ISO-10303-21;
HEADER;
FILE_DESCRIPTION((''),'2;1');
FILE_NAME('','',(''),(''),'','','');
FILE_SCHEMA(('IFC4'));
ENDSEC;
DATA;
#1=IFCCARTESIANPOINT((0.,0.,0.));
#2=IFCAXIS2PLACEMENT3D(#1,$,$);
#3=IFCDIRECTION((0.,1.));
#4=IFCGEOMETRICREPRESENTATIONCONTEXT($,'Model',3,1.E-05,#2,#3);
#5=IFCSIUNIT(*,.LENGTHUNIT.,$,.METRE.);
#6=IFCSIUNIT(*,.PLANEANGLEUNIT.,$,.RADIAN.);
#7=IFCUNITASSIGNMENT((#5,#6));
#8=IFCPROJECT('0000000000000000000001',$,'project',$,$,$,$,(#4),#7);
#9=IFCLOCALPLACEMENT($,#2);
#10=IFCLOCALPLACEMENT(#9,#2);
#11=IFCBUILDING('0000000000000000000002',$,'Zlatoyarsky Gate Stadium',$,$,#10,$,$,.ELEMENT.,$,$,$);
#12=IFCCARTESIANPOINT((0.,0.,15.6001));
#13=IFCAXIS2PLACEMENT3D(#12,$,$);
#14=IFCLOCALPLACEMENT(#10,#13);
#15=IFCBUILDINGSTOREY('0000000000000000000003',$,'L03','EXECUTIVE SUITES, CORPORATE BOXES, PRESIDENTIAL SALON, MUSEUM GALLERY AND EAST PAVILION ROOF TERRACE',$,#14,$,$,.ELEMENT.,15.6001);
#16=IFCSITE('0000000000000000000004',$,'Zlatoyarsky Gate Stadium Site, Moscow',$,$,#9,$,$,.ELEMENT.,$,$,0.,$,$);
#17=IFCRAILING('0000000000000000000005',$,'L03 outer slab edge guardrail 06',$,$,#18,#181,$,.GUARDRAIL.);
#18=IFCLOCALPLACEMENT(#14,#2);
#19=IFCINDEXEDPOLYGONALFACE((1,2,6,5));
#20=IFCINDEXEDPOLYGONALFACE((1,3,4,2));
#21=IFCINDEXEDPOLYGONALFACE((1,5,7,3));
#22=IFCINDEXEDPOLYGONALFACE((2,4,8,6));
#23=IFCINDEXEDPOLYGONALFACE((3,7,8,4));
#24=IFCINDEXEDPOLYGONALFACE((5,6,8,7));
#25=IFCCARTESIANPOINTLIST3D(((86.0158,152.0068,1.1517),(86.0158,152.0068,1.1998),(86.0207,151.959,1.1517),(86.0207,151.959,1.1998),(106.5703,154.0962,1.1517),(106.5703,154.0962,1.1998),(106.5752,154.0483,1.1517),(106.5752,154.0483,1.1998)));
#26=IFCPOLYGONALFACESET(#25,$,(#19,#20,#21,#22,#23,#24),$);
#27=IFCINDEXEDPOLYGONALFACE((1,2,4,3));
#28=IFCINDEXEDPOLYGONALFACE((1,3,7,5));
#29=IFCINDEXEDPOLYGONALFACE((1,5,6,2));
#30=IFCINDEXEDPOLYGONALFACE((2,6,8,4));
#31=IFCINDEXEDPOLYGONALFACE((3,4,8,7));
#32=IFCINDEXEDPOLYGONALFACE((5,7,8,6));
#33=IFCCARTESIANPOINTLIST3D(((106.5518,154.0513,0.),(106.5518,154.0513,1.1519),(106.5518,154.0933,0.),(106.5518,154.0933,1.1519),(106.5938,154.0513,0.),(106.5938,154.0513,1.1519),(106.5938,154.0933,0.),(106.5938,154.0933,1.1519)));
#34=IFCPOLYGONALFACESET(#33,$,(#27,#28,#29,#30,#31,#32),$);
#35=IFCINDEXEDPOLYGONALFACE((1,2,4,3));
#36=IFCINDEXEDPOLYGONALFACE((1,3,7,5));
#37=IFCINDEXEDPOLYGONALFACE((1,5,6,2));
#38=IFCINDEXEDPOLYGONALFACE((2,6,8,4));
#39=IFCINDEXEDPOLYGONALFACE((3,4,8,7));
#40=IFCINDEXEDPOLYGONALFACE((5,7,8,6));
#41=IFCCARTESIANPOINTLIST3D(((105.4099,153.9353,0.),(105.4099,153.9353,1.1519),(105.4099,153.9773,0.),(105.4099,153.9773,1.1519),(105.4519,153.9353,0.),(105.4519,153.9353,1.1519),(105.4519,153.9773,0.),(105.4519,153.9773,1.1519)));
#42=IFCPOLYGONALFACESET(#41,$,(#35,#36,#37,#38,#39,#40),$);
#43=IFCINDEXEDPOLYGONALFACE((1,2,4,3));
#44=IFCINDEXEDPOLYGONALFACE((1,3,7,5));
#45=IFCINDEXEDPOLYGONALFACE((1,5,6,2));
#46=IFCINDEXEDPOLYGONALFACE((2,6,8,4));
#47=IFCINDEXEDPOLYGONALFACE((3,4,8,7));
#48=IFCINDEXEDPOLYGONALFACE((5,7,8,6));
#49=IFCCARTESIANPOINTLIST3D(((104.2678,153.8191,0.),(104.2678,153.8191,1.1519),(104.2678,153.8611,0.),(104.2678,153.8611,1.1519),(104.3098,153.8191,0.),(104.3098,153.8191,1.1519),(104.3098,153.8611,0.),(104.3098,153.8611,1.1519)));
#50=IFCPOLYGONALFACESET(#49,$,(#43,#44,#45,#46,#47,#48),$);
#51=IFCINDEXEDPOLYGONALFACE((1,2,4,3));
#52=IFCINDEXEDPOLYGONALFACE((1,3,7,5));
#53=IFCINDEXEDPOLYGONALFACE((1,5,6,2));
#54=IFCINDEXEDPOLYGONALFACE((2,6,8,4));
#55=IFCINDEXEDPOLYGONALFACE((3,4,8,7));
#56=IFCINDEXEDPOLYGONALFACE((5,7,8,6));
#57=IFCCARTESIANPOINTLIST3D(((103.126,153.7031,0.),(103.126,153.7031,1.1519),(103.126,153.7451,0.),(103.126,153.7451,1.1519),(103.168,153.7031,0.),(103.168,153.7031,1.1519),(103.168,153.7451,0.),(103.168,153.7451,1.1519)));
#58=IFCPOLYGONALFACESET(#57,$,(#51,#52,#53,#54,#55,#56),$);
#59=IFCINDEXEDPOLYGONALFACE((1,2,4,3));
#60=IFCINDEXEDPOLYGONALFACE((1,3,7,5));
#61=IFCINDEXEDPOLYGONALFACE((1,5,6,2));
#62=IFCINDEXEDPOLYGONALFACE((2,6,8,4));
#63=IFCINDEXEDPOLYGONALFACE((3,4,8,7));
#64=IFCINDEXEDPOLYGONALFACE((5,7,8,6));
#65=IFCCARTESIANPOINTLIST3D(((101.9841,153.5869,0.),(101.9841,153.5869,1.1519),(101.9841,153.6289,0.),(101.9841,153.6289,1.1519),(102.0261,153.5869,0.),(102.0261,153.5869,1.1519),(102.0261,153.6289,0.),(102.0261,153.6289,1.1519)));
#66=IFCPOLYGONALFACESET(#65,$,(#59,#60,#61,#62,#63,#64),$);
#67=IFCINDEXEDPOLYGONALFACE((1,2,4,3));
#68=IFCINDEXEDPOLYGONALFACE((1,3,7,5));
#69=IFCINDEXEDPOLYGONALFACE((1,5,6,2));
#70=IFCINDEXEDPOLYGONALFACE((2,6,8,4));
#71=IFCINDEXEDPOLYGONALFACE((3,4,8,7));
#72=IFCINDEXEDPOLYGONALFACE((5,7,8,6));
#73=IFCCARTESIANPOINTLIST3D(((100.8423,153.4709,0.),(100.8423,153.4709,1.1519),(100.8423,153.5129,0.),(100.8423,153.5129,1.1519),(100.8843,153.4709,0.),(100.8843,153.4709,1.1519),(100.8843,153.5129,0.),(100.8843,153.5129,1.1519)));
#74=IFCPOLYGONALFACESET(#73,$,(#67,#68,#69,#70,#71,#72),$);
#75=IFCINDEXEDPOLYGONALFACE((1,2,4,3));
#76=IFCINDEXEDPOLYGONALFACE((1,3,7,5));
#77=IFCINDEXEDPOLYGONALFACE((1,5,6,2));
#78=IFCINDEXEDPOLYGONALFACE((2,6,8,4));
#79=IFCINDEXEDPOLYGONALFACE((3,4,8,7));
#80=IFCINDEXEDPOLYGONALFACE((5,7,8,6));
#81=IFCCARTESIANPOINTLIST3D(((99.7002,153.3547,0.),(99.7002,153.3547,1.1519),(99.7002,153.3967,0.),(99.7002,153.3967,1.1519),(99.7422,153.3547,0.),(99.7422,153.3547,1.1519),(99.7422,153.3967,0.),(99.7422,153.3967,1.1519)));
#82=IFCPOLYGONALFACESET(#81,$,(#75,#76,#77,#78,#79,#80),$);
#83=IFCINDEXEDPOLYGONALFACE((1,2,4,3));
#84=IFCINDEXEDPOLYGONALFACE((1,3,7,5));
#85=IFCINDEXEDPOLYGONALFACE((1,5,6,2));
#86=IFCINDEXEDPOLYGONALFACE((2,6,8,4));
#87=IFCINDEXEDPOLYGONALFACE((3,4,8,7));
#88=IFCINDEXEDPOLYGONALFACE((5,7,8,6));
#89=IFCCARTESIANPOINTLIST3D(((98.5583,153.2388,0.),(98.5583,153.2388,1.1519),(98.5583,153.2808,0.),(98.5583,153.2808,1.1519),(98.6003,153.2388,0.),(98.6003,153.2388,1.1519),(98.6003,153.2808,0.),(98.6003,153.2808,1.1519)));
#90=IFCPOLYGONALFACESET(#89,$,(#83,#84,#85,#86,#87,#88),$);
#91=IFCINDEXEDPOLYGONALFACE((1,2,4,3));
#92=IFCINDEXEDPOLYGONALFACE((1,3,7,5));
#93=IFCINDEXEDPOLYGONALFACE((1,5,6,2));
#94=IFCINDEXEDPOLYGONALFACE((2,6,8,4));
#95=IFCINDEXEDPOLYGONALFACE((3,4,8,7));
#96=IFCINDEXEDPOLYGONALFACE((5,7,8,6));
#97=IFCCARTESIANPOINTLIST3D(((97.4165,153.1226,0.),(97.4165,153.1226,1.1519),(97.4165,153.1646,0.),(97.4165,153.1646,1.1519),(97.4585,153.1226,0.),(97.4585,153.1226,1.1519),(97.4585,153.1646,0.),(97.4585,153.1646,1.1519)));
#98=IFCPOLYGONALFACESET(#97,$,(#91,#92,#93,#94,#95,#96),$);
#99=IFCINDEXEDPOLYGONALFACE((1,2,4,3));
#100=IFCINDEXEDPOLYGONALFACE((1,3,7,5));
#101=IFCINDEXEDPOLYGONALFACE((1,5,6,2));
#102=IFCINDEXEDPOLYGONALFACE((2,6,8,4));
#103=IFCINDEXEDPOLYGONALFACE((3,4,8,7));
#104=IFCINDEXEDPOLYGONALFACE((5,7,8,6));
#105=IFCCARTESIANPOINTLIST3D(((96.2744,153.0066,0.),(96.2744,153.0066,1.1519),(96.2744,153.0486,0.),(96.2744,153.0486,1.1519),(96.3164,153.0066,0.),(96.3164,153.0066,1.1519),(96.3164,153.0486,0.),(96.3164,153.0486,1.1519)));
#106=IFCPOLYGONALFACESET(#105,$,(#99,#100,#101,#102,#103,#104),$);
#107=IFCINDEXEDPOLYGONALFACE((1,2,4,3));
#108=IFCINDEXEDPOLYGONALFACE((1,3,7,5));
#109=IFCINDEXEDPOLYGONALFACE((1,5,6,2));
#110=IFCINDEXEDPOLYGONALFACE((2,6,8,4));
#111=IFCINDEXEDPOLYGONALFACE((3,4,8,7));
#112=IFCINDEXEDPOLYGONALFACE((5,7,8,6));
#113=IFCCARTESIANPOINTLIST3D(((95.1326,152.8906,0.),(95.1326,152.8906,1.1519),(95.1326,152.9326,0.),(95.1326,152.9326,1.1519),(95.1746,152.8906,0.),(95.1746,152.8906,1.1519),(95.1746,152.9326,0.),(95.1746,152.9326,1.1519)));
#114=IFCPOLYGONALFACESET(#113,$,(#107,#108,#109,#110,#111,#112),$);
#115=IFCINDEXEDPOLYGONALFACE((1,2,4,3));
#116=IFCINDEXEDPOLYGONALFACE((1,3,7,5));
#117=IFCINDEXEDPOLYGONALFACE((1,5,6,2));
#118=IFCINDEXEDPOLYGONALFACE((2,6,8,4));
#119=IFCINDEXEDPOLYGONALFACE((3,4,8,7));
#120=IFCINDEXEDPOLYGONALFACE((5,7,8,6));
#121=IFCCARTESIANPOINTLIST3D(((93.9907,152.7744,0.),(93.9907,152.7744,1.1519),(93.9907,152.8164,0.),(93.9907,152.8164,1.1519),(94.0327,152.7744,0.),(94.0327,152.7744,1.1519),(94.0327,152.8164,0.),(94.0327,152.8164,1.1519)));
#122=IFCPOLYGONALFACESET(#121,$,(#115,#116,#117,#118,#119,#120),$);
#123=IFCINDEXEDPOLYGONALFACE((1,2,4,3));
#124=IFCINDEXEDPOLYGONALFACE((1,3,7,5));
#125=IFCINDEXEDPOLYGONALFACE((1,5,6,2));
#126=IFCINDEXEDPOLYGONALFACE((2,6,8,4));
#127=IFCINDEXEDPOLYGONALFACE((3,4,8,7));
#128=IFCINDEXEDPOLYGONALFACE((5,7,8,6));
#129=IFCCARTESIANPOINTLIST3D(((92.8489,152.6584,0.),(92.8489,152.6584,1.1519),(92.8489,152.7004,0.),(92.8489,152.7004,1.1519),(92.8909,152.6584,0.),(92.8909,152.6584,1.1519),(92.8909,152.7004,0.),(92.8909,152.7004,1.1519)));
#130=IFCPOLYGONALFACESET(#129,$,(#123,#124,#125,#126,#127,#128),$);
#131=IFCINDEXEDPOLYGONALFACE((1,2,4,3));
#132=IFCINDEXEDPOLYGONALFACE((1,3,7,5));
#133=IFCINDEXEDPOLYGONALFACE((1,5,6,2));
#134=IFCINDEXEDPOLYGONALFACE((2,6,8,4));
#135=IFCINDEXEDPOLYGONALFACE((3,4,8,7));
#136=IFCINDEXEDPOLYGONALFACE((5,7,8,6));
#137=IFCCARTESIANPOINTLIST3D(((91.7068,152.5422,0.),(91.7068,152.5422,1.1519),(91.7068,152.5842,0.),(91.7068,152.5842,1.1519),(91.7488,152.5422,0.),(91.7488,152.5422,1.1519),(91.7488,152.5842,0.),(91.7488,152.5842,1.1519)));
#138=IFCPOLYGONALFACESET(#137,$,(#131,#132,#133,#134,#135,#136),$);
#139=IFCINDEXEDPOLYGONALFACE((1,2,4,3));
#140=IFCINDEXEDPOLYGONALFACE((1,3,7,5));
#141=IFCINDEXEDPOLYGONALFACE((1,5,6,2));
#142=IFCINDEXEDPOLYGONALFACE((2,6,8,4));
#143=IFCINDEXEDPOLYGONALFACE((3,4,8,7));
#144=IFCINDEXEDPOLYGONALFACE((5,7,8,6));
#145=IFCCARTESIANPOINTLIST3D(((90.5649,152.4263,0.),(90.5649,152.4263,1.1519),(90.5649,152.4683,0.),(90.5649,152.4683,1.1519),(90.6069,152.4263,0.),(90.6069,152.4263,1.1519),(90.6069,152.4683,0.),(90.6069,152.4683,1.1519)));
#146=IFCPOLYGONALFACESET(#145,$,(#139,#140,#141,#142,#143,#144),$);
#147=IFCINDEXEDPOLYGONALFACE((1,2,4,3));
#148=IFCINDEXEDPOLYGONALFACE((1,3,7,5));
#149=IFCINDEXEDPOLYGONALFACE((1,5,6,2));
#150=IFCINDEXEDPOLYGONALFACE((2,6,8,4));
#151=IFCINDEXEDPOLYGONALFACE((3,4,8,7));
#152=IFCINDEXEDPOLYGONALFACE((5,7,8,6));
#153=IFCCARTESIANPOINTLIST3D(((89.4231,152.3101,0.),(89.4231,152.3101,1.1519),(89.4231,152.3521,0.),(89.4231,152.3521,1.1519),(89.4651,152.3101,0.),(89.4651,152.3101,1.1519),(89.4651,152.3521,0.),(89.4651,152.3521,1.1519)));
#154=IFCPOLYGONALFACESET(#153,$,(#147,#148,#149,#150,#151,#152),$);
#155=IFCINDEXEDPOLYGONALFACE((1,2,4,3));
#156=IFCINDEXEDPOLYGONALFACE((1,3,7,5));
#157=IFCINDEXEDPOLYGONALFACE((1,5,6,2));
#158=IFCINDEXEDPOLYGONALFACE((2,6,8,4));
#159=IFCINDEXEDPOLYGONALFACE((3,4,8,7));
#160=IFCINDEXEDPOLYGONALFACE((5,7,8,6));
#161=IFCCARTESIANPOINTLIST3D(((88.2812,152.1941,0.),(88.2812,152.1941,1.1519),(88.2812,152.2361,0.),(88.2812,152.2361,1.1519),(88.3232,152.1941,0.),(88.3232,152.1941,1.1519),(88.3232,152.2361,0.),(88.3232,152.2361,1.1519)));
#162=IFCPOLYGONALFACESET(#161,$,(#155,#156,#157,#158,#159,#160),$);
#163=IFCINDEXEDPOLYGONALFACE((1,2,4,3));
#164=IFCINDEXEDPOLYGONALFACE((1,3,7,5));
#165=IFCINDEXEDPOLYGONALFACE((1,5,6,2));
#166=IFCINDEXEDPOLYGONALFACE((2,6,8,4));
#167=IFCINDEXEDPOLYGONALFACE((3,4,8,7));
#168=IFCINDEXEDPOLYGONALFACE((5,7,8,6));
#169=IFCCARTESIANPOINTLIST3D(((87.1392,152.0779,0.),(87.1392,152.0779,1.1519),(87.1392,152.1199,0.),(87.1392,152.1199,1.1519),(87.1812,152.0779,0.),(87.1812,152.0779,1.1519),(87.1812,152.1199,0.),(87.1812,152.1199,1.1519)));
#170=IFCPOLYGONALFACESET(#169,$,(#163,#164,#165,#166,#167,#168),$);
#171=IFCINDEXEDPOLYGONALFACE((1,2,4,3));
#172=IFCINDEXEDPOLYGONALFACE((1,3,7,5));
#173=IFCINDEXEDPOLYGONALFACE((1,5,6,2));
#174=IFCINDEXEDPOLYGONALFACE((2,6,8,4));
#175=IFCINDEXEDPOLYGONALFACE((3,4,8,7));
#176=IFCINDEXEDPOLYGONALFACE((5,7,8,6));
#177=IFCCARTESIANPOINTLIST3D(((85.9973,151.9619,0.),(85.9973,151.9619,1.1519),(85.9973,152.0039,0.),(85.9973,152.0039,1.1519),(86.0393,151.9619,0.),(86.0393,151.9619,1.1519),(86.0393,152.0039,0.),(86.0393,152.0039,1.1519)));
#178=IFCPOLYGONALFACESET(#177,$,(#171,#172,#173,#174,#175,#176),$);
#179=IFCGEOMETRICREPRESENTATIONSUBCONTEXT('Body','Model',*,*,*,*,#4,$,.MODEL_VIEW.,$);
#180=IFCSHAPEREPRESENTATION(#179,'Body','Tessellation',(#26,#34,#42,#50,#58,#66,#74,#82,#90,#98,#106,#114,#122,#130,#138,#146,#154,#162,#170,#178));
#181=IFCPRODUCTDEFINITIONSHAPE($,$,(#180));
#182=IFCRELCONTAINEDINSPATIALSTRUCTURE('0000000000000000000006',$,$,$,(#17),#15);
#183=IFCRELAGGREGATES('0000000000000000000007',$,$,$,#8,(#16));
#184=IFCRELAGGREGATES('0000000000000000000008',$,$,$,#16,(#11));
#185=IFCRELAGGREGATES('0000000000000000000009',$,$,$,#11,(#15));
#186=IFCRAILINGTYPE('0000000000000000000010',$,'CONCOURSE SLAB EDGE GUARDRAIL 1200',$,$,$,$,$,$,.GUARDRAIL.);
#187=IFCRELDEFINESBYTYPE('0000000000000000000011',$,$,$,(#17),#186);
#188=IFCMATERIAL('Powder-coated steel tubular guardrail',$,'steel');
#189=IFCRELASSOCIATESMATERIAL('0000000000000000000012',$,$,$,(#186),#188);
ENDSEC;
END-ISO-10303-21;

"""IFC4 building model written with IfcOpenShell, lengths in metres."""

from ifc_helpers import new_model, si_unit, direction, frame, origin, origin_2d, place, context, subcontext, project, spatial, rectangle, extrude, material, type_object, element, save


model = new_model("IFC4")

# Units and contexts
model_context = context("Model", 3, precision=1e-05, world=origin(), true_north=direction((0.0, 1.0)))
body_context = subcontext(model_context, "Body", "Model", "MODEL_VIEW")
ifc_project = project(units=[si_unit("LENGTHUNIT", "METRE"), si_unit("PLANEANGLEUNIT", "RADIAN")], contexts=[model_context])

# Site, building, storey
site_placement = place(None, origin())
site = spatial("IfcSite", under=ifc_project, at=site_placement, Name="Zlatoyarsky Gate Stadium Site, Moscow", CompositionType="ELEMENT", RefElevation=0.0)
building_placement = place(site_placement, origin())
building = spatial("IfcBuilding", under=site, at=building_placement, Name="Zlatoyarsky Gate Stadium", CompositionType="ELEMENT")
storey_placement = place(building_placement, frame((0.0, 0.0, 15.6001)))
storey = spatial("IfcBuildingStorey", under=building, at=storey_placement, Name="L03", Description="EXECUTIVE SUITES, CORPORATE BOXES, PRESIDENTIAL SALON, MUSEUM GALLERY AND EAST PAVILION ROOF TERRACE", CompositionType="ELEMENT", Elevation=15.6001)

# Railing
ifc_material_1 = material(Name="Powder-coated steel tubular guardrail", Category="steel")
railing_type = type_object("IfcRailingType", Name="CONCOURSE SLAB EDGE GUARDRAIL 1200", PredefinedType="GUARDRAIL", material=ifc_material_1)
railing_placement = place(storey_placement, frame((106.5728, 154.0723, 0.0)))
element("IfcRailing", 1, at=railing_placement, inside=storey, type_object=railing_type, Name="L03 outer slab edge guardrail 06", PredefinedType="GUARDRAIL", context=body_context, shape_type="SweptSolid", body=[
    extrude(rectangle(XDim=0.0481, YDim=0.0481, at=origin_2d()), frame((0.0, 0.0, 1.1758), z_axis=(-0.994873, -0.101129, 0.0), x_axis=(0.101129, -0.994873, 0.0)), (0.0, 0.0, 1.0), 20.6604),
    extrude(rectangle(XDim=0.042, YDim=0.042, at=origin_2d()), origin(), (0.0, 0.0, 1.0), 1.1519),
    extrude(rectangle(XDim=0.042, YDim=0.042, at=origin_2d()), frame((-1.1418, -0.116, 0.0)), (0.0, 0.0, 1.0), 1.1519),
    extrude(rectangle(XDim=0.042, YDim=0.042, at=origin_2d()), frame((-2.2839, -0.2322, 0.0)), (0.0, 0.0, 1.0), 1.1519),
    extrude(rectangle(XDim=0.042, YDim=0.042, at=origin_2d()), frame((-3.4258, -0.3481, 0.0)), (0.0, 0.0, 1.0), 1.1519),
    extrude(rectangle(XDim=0.042, YDim=0.042, at=origin_2d()), frame((-4.5676, -0.4644, 0.0)), (0.0, 0.0, 1.0), 1.1519),
    extrude(rectangle(XDim=0.042, YDim=0.042, at=origin_2d()), frame((-5.7095, -0.5803, 0.0)), (0.0, 0.0, 1.0), 1.1519),
    extrude(rectangle(XDim=0.042, YDim=0.042, at=origin_2d()), frame((-6.8516, -0.6965, 0.0)), (0.0, 0.0, 1.0), 1.1519),
    extrude(rectangle(XDim=0.042, YDim=0.042, at=origin_2d()), frame((-7.9934, -0.8125, 0.0)), (0.0, 0.0, 1.0), 1.1519),
    extrude(rectangle(XDim=0.042, YDim=0.042, at=origin_2d()), frame((-9.1353, -0.9287, 0.0)), (0.0, 0.0, 1.0), 1.1519),
    extrude(rectangle(XDim=0.042, YDim=0.042, at=origin_2d()), frame((-10.2773, -1.0447, 0.0)), (0.0, 0.0, 1.0), 1.1519),
    extrude(rectangle(XDim=0.042, YDim=0.042, at=origin_2d()), frame((-11.4192, -1.1606, 0.0)), (0.0, 0.0, 1.0), 1.1519),
    extrude(rectangle(XDim=0.042, YDim=0.042, at=origin_2d()), frame((-12.561, -1.2769, 0.0)), (0.0, 0.0, 1.0), 1.1519),
    extrude(rectangle(XDim=0.042, YDim=0.042, at=origin_2d()), frame((-13.7029, -1.3928, 0.0)), (0.0, 0.0, 1.0), 1.1519),
    extrude(rectangle(XDim=0.042, YDim=0.042, at=origin_2d()), frame((-14.845, -1.509, 0.0)), (0.0, 0.0, 1.0), 1.1519),
    extrude(rectangle(XDim=0.042, YDim=0.042, at=origin_2d()), frame((-15.9868, -1.625, 0.0)), (0.0, 0.0, 1.0), 1.1519),
    extrude(rectangle(XDim=0.042, YDim=0.042, at=origin_2d()), frame((-17.1287, -1.7412, 0.0)), (0.0, 0.0, 1.0), 1.1519),
    extrude(rectangle(XDim=0.042, YDim=0.042, at=origin_2d()), frame((-18.2705, -1.8572, 0.0)), (0.0, 0.0, 1.0), 1.1519),
    extrude(rectangle(XDim=0.042, YDim=0.042, at=origin_2d()), frame((-19.4126, -1.9734, 0.0)), (0.0, 0.0, 1.0), 1.1519),
    extrude(rectangle(XDim=0.042, YDim=0.042, at=origin_2d()), frame((-20.5544, -2.0894, 0.0)), (0.0, 0.0, 1.0), 1.1519),
])

save(model, "model.ifc")
